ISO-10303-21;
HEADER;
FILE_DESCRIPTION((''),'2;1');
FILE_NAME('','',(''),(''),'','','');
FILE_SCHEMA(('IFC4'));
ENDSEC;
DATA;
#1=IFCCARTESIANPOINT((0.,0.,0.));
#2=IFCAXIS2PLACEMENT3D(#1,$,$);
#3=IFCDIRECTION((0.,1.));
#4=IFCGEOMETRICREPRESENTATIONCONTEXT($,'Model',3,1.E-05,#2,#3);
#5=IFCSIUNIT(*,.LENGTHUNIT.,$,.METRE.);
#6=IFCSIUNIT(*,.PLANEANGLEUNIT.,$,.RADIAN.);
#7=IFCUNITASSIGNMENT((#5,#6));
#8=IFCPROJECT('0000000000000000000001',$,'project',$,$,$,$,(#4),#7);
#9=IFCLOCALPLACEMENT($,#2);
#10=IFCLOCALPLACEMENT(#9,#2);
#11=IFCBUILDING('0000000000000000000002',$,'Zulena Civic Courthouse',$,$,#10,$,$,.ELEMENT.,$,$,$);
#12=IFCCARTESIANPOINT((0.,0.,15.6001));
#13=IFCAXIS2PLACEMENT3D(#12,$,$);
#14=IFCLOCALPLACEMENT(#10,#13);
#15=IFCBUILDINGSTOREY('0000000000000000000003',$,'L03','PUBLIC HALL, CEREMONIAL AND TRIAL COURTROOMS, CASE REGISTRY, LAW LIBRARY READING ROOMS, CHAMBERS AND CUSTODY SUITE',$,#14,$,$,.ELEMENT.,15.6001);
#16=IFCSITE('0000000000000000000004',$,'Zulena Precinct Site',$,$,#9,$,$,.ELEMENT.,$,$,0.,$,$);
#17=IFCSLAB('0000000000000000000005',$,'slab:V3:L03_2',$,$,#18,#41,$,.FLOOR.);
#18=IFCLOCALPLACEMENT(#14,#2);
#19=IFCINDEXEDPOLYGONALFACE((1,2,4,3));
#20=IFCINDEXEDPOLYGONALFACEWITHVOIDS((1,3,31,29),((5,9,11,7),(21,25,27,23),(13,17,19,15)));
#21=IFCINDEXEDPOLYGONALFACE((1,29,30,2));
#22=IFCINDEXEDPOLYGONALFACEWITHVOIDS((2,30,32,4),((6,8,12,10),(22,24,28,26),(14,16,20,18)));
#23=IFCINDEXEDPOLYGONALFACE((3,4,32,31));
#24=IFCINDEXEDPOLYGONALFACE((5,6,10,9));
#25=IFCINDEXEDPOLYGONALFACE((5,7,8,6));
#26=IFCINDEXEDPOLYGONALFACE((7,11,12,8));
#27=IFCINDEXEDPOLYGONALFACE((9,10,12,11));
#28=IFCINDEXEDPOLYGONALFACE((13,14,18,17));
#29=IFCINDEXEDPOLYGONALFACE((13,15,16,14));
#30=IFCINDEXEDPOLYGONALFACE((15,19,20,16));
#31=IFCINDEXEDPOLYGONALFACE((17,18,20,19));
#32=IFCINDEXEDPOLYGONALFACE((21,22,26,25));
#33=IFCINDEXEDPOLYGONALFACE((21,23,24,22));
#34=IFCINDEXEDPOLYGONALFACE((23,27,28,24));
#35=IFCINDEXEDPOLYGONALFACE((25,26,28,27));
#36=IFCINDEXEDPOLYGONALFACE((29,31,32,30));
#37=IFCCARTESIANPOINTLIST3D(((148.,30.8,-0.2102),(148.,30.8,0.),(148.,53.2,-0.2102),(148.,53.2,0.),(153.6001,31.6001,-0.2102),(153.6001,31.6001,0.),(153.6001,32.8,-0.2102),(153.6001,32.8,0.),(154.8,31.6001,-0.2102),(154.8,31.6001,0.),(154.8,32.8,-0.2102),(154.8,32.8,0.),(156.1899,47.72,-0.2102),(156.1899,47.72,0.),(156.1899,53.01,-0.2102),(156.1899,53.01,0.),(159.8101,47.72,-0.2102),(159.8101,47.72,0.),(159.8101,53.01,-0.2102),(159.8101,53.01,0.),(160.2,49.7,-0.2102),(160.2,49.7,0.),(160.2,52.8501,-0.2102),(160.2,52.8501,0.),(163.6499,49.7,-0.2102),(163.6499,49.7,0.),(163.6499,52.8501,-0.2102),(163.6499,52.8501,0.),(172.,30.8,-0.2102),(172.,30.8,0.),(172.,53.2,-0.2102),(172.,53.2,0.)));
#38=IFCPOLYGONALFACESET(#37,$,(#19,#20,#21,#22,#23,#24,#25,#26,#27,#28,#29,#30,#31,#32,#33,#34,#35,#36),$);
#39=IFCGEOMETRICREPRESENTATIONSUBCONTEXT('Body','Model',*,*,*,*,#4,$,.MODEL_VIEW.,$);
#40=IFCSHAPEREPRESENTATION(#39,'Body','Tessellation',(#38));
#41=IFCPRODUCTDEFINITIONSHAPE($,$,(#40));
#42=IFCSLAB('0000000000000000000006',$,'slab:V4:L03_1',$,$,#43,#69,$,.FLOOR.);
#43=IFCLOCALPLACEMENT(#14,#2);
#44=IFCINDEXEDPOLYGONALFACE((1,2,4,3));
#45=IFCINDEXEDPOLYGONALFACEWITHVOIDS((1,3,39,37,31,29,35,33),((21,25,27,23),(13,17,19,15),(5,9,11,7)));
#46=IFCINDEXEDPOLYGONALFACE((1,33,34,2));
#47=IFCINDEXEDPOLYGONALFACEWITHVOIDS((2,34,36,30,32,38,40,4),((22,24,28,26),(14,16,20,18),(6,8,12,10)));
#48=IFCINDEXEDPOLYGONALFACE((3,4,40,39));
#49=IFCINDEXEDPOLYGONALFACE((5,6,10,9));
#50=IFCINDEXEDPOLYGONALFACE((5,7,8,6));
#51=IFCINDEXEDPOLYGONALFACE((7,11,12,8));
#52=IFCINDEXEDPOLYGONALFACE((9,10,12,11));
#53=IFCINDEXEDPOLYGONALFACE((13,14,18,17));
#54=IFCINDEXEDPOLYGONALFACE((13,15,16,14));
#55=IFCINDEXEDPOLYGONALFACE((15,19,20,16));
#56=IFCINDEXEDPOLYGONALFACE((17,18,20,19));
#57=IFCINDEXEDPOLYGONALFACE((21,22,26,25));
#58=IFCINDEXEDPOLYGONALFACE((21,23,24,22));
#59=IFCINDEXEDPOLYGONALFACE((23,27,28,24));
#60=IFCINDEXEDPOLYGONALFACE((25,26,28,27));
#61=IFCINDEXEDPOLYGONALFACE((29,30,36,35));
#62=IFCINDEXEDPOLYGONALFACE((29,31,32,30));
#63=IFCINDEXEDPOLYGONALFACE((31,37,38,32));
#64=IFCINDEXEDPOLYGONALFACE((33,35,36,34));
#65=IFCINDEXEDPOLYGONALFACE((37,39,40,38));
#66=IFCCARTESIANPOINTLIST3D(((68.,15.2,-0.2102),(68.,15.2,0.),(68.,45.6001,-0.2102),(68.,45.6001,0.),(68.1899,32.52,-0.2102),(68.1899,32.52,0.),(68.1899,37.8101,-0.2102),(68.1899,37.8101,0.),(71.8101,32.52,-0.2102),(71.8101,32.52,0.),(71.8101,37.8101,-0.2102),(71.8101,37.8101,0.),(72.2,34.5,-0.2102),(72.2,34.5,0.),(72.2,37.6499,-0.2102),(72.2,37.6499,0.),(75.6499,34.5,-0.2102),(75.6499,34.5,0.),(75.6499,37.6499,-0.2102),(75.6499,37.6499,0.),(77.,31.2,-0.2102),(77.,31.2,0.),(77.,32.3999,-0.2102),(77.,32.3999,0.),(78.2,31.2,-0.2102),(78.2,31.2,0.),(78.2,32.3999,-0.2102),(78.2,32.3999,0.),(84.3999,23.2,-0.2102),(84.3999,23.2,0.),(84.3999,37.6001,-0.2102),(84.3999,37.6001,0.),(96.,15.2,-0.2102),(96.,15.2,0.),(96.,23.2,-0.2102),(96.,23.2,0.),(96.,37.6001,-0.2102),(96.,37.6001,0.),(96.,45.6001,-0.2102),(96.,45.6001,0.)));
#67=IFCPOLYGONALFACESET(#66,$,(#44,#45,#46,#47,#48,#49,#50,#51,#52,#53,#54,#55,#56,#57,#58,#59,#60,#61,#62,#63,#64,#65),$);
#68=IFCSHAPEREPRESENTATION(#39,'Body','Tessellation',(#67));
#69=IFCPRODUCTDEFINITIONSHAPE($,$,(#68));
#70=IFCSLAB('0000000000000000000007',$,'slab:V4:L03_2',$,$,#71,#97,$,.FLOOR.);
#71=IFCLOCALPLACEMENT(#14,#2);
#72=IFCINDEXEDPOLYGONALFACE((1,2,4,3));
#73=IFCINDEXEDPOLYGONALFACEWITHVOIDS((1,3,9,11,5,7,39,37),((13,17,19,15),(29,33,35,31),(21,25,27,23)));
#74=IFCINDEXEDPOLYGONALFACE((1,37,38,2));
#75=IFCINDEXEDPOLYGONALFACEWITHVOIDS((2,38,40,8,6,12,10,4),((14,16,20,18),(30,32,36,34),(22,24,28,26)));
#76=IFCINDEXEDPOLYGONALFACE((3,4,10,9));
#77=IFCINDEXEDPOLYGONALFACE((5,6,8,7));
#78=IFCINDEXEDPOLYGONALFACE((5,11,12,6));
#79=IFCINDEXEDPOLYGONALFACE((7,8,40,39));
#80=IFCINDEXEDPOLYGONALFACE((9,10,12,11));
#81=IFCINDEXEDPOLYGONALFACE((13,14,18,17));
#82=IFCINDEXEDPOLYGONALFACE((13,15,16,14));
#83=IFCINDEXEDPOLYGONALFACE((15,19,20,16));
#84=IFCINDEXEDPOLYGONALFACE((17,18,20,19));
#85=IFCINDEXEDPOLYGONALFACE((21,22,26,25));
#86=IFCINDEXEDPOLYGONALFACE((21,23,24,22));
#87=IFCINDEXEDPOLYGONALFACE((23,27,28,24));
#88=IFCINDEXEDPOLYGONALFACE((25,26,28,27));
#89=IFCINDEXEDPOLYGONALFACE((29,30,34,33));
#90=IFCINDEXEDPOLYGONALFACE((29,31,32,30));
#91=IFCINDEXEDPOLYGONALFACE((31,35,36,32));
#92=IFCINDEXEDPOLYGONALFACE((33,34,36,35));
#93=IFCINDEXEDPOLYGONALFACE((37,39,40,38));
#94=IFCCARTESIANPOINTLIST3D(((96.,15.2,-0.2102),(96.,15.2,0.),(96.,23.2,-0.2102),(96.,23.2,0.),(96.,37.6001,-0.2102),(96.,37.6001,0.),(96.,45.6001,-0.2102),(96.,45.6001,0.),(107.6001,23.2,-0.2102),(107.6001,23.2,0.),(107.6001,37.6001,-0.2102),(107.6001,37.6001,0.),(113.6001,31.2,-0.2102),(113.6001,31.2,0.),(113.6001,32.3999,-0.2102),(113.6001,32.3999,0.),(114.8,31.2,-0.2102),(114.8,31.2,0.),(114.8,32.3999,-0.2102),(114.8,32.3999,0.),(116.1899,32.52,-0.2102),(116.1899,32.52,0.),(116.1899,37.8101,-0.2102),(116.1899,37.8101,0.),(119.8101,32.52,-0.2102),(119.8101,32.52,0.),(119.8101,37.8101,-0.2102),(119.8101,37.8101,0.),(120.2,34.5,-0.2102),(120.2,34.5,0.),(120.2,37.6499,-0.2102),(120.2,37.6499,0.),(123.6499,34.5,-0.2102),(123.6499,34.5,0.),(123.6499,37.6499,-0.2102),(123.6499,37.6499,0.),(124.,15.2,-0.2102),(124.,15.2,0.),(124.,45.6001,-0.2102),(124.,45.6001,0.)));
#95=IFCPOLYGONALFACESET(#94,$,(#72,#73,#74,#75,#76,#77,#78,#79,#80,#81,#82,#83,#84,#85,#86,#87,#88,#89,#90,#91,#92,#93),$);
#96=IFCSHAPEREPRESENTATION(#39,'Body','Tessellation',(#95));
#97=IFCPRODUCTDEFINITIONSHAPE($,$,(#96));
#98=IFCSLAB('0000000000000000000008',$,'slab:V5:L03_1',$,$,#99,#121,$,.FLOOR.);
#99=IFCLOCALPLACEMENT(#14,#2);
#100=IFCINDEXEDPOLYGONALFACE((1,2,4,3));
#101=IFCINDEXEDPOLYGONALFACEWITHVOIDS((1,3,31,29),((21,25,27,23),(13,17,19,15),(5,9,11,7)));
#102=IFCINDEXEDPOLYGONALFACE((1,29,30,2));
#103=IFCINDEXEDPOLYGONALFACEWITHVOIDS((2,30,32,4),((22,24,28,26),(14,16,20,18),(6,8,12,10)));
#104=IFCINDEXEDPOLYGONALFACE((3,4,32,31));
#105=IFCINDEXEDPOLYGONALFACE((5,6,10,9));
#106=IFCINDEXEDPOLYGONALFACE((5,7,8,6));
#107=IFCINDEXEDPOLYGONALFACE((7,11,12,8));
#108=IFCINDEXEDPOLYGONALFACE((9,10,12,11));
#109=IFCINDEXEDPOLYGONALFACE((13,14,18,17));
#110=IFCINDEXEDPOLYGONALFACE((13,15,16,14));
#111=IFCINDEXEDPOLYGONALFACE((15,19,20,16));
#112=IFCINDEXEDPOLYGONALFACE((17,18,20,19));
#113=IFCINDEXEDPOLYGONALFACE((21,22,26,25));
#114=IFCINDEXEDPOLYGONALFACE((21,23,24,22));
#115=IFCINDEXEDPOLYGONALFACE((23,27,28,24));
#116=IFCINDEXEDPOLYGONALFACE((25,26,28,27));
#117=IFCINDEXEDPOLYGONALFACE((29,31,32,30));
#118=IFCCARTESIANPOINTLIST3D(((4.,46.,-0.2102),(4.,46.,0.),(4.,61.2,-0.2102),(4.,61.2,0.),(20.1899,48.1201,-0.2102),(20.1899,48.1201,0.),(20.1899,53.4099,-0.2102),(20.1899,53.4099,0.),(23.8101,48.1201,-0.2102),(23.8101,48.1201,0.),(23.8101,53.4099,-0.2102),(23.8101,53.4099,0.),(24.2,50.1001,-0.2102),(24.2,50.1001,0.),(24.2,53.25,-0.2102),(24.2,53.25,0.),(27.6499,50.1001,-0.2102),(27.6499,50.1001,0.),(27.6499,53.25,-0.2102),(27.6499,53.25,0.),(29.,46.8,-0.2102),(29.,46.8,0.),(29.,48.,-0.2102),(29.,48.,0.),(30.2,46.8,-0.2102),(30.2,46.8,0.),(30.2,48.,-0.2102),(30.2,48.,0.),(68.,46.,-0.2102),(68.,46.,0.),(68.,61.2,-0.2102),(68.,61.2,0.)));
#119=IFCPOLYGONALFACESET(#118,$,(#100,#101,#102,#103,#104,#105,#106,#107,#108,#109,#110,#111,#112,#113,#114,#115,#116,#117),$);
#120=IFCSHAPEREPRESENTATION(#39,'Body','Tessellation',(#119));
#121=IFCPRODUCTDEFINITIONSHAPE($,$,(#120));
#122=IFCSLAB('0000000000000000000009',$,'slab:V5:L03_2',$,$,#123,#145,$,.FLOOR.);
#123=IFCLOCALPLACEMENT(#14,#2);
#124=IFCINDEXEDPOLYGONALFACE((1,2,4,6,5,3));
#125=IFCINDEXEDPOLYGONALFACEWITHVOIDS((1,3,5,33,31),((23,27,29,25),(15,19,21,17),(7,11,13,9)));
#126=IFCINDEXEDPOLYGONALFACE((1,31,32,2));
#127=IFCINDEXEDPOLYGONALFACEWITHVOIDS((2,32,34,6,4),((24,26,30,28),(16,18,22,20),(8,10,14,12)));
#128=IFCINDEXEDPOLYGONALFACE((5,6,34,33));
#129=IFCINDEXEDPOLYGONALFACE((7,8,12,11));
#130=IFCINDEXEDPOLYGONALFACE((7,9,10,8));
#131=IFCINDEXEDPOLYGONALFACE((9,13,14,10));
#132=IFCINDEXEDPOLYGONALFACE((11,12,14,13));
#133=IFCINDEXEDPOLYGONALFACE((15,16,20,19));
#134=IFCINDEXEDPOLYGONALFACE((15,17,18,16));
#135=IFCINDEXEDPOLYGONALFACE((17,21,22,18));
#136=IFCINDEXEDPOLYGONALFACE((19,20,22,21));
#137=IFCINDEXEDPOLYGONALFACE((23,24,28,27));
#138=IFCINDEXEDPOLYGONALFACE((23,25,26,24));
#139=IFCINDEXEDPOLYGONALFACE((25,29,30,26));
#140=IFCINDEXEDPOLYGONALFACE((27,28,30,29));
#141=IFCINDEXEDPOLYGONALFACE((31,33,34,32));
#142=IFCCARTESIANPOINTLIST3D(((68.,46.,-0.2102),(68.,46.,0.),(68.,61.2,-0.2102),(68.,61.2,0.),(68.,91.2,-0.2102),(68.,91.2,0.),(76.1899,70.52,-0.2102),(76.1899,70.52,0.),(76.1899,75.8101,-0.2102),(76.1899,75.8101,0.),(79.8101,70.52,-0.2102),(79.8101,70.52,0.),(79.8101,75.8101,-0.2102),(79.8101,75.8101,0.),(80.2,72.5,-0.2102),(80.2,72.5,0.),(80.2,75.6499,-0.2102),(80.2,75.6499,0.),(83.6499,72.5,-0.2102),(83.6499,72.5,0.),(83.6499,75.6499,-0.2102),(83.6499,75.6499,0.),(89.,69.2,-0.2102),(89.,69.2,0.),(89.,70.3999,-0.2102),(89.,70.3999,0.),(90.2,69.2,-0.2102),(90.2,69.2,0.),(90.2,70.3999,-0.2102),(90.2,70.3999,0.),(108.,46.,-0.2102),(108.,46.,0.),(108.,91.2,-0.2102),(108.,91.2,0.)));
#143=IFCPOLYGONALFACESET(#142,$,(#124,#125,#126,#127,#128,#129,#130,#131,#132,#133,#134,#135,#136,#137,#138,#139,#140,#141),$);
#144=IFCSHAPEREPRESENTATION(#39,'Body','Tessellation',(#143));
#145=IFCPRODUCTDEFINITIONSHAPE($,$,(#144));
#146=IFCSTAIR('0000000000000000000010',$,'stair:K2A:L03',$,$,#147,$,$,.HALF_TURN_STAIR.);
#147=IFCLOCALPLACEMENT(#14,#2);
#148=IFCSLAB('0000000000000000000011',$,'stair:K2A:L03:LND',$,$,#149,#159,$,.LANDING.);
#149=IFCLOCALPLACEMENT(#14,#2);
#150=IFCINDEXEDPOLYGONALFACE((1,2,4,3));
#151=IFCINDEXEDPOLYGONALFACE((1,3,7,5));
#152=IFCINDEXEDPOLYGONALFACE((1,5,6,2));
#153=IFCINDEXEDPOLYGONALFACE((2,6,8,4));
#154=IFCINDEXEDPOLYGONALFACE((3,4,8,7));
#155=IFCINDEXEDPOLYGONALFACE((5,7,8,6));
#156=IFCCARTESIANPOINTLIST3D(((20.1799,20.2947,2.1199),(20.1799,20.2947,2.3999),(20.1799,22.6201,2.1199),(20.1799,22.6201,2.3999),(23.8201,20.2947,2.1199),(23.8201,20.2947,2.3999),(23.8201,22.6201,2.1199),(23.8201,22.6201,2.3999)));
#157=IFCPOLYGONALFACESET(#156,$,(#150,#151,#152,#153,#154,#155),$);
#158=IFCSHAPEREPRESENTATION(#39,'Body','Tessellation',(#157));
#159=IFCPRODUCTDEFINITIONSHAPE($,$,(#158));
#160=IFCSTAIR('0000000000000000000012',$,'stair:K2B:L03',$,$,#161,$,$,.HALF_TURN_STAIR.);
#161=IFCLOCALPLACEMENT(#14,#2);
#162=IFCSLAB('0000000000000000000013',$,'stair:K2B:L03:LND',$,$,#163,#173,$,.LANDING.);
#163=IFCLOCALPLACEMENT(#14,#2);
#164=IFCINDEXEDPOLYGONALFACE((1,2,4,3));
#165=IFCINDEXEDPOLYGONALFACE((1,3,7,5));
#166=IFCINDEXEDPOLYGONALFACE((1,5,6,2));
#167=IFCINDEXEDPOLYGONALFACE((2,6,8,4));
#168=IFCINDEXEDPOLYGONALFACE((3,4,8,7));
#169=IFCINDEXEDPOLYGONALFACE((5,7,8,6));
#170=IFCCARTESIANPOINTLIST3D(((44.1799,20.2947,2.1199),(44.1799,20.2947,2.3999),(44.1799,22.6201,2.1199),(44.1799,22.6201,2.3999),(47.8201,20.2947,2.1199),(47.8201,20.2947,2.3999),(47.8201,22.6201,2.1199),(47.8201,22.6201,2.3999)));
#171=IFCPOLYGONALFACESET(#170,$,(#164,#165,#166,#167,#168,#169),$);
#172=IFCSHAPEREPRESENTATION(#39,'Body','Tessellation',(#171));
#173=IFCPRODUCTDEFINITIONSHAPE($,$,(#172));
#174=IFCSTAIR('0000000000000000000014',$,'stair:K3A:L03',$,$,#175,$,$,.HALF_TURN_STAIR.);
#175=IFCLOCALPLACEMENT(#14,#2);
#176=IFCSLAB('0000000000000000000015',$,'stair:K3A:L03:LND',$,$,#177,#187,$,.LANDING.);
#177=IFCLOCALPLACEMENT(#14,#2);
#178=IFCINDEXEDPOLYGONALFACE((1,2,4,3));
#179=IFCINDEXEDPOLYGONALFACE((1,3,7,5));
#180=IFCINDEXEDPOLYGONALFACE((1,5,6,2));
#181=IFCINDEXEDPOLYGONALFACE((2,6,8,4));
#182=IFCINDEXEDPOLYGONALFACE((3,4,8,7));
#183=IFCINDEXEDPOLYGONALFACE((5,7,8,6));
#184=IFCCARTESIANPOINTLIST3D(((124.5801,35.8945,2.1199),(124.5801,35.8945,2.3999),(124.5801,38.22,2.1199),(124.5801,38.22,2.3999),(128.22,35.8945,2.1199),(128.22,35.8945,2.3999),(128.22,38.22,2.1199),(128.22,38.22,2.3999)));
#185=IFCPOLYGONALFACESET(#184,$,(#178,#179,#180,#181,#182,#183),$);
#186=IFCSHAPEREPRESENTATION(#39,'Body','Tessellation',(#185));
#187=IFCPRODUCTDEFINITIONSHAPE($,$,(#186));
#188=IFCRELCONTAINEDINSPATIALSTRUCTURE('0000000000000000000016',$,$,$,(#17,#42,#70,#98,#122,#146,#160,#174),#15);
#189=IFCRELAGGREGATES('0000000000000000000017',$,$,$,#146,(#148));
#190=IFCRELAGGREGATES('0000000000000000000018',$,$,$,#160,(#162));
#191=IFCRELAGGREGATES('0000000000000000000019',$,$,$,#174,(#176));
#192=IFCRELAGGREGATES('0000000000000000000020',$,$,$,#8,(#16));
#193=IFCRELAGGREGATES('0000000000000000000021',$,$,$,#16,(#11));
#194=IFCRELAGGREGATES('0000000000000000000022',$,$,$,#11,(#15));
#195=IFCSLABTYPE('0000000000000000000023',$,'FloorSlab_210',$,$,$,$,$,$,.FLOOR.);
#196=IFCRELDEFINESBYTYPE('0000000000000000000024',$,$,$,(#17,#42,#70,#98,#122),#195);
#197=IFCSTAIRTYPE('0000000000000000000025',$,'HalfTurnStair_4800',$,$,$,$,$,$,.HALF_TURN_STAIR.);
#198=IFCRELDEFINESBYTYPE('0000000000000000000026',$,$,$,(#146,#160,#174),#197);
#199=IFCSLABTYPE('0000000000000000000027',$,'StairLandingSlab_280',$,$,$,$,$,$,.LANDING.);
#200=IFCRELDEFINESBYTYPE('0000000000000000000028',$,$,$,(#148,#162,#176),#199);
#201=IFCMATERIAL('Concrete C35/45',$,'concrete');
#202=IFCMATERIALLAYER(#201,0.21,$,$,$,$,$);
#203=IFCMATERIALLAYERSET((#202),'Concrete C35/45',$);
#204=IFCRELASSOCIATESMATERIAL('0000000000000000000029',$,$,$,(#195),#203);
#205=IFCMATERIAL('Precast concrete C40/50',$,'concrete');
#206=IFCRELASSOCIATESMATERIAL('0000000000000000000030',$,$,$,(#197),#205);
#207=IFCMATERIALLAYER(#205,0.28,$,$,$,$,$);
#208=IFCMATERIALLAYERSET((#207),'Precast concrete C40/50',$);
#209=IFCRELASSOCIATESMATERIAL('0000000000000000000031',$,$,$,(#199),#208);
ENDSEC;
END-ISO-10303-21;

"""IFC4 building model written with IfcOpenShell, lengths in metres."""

from ifc_helpers import new_model, si_unit, direction, frame, origin, place, context, subcontext, project, spatial, polyline, outline, extrude, material, layer, layer_set, type_object, element, aggregate, save


model = new_model("IFC4")

# Units and contexts
model_context = context("Model", 3, precision=1e-05, world=origin(), true_north=direction((0.0, 1.0)))
body_context = subcontext(model_context, "Body", "Model", "MODEL_VIEW")
ifc_project = project(units=[si_unit("LENGTHUNIT", "METRE"), si_unit("PLANEANGLEUNIT", "RADIAN")], contexts=[model_context])

# Site, building, storey
site_placement = place(None, origin())
site = spatial("IfcSite", under=ifc_project, at=site_placement, Name="Zulena Precinct Site", CompositionType="ELEMENT", RefElevation=0.0)
building_placement = place(site_placement, origin())
building = spatial("IfcBuilding", under=site, at=building_placement, Name="Zulena Civic Courthouse", CompositionType="ELEMENT")
storey_placement = place(building_placement, frame((0.0, 0.0, 15.6001)))
storey = spatial("IfcBuildingStorey", under=building, at=storey_placement, Name="L03", Description="PUBLIC HALL, CEREMONIAL AND TRIAL COURTROOMS, CASE REGISTRY, LAW LIBRARY READING ROOMS, CHAMBERS AND CUSTODY SUITE", CompositionType="ELEMENT", Elevation=15.6001)

# Slabs
ifc_material_1 = material(Name="Concrete C35/45", Category="concrete")
ifc_layer_1 = layer(ifc_material_1, 0.21)
ifc_layer_set_1 = layer_set([ifc_layer_1], Name="Concrete C35/45")
slab_type_1 = type_object("IfcSlabType", Name="FloorSlab_210", PredefinedType="FLOOR", material=ifc_layer_set_1)
slab_1_placement = place(storey_placement, frame((0.0, 0.0, -0.2102)))
element("IfcSlab", 1, at=slab_1_placement, inside=storey, type_object=slab_type_1, Name="slab:V3:L03_2", PredefinedType="FLOOR", context=body_context, shape_type="SweptSolid", body=[
    extrude(outline(polyline([(172.0, 30.8), (148.0, 30.8), (148.0, 53.2), (172.0, 53.2), (172.0, 30.8)]), holes=[polyline([(159.8101, 47.72), (159.8101, 53.01), (156.1899, 53.01), (156.1899, 47.72), (159.8101, 47.72)]), polyline([(160.2, 49.7), (163.6499, 49.7), (163.6499, 52.8501), (160.2, 52.8501), (160.2, 49.7)]), polyline([(154.8, 32.8), (153.6001, 32.8), (153.6001, 31.6001), (154.8, 31.6001), (154.8, 32.8)])]), origin(), (0.0, 0.0, 1.0), 0.2102),
])
slab_2_placement = place(storey_placement, frame((0.0, 0.0, -0.2102)))
element("IfcSlab", 2, at=slab_2_placement, inside=storey, type_object=slab_type_1, Name="slab:V4:L03_1", PredefinedType="FLOOR", context=body_context, shape_type="SweptSolid", body=[
    extrude(outline(polyline([(68.0, 15.2), (68.0, 45.6001), (96.0, 45.6001), (96.0, 37.6001), (84.3999, 37.6001), (84.3999, 23.2), (96.0, 23.2), (96.0, 15.2), (68.0, 15.2)]), holes=[polyline([(68.1899, 32.52), (71.8101, 32.52), (71.8101, 37.8101), (68.1899, 37.8101), (68.1899, 32.52)]), polyline([(72.2, 37.6499), (72.2, 34.5), (75.6499, 34.5), (75.6499, 37.6499), (72.2, 37.6499)]), polyline([(77.0, 31.2), (78.2, 31.2), (78.2, 32.3999), (77.0, 32.3999), (77.0, 31.2)])]), origin(), (0.0, 0.0, 1.0), 0.2102),
])
slab_3_placement = place(storey_placement, frame((0.0, 0.0, -0.2102)))
element("IfcSlab", 3, at=slab_3_placement, inside=storey, type_object=slab_type_1, Name="slab:V4:L03_2", PredefinedType="FLOOR", context=body_context, shape_type="SweptSolid", body=[
    extrude(outline(polyline([(96.0, 15.2), (96.0, 23.2), (107.6001, 23.2), (107.6001, 37.6001), (96.0, 37.6001), (96.0, 45.6001), (124.0, 45.6001), (124.0, 15.2), (96.0, 15.2)]), holes=[polyline([(119.8101, 37.8101), (116.1899, 37.8101), (116.1899, 32.52), (119.8101, 32.52), (119.8101, 37.8101)]), polyline([(123.6499, 34.5), (123.6499, 37.6499), (120.2, 37.6499), (120.2, 34.5), (123.6499, 34.5)]), polyline([(113.6001, 32.3999), (113.6001, 31.2), (114.8, 31.2), (114.8, 32.3999), (113.6001, 32.3999)])]), origin(), (0.0, 0.0, 1.0), 0.2102),
])
slab_4_placement = place(storey_placement, frame((0.0, 0.0, -0.2102)))
element("IfcSlab", 4, at=slab_4_placement, inside=storey, type_object=slab_type_1, Name="slab:V5:L03_1", PredefinedType="FLOOR", context=body_context, shape_type="SweptSolid", body=[
    extrude(outline(polyline([(4.0, 61.2), (68.0, 61.2), (68.0, 46.0), (4.0, 46.0), (4.0, 61.2)]), holes=[polyline([(20.1899, 53.4099), (20.1899, 48.1201), (23.8101, 48.1201), (23.8101, 53.4099), (20.1899, 53.4099)]), polyline([(27.6499, 53.25), (24.2, 53.25), (24.2, 50.1001), (27.6499, 50.1001), (27.6499, 53.25)]), polyline([(29.0, 48.0), (29.0, 46.8), (30.2, 46.8), (30.2, 48.0), (29.0, 48.0)])]), origin(), (0.0, 0.0, 1.0), 0.2102),
])
slab_5_placement = place(storey_placement, frame((0.0, 0.0, -0.2102)))
element("IfcSlab", 5, at=slab_5_placement, inside=storey, type_object=slab_type_1, Name="slab:V5:L03_2", PredefinedType="FLOOR", context=body_context, shape_type="SweptSolid", body=[
    extrude(outline(polyline([(68.0, 91.2), (108.0, 91.2), (108.0, 46.0), (68.0, 46.0), (68.0, 61.2), (68.0, 91.2)]), holes=[polyline([(79.8101, 70.52), (79.8101, 75.8101), (76.1899, 75.8101), (76.1899, 70.52), (79.8101, 70.52)]), polyline([(80.2, 72.5), (83.6499, 72.5), (83.6499, 75.6499), (80.2, 75.6499), (80.2, 72.5)]), polyline([(90.2, 70.3999), (89.0, 70.3999), (89.0, 69.2), (90.2, 69.2), (90.2, 70.3999)])]), origin(), (0.0, 0.0, 1.0), 0.2102),
])

# Stairs, slabs
ifc_material_2 = material(Name="Precast concrete C40/50", Category="concrete")
stair_type = type_object("IfcStairType", Name="HalfTurnStair_4800", PredefinedType="HALF_TURN_STAIR", material=ifc_material_2)
stair_1_placement = place(storey_placement, origin())
stair_1 = element("IfcStair", 6, at=stair_1_placement, inside=storey, type_object=stair_type, Name="stair:K2A:L03", PredefinedType="HALF_TURN_STAIR")
ifc_layer_2 = layer(ifc_material_2, 0.28)
ifc_layer_set_2 = layer_set([ifc_layer_2], Name="Precast concrete C40/50")
slab_type_2 = type_object("IfcSlabType", Name="StairLandingSlab_280", PredefinedType="LANDING", material=ifc_layer_set_2)
slab_6_placement = place(storey_placement, frame((0.0, 0.0, 2.1199)))
slab_6 = element("IfcSlab", 7, at=slab_6_placement, type_object=slab_type_2, Name="stair:K2A:L03:LND", PredefinedType="LANDING", context=body_context, shape_type="SweptSolid", body=[
    extrude(outline(polyline([(20.1799, 20.2947), (23.8201, 20.2947), (23.8201, 22.6201), (20.1799, 22.6201), (20.1799, 20.2947)])), origin(), (0.0, 0.0, 1.0), 0.28),
])
aggregate(stair_1, [slab_6])
stair_2_placement = place(storey_placement, origin())
stair_2 = element("IfcStair", 8, at=stair_2_placement, inside=storey, type_object=stair_type, Name="stair:K2B:L03", PredefinedType="HALF_TURN_STAIR")
slab_7_placement = place(storey_placement, frame((0.0, 0.0, 2.1199)))
slab_7 = element("IfcSlab", 9, at=slab_7_placement, type_object=slab_type_2, Name="stair:K2B:L03:LND", PredefinedType="LANDING", context=body_context, shape_type="SweptSolid", body=[
    extrude(outline(polyline([(44.1799, 20.2947), (47.8201, 20.2947), (47.8201, 22.6201), (44.1799, 22.6201), (44.1799, 20.2947)])), origin(), (0.0, 0.0, 1.0), 0.28),
])
aggregate(stair_2, [slab_7])
stair_3_placement = place(storey_placement, origin())
stair_3 = element("IfcStair", 10, at=stair_3_placement, inside=storey, type_object=stair_type, Name="stair:K3A:L03", PredefinedType="HALF_TURN_STAIR")
slab_8_placement = place(storey_placement, frame((0.0, 0.0, 2.1199)))
slab_8 = element("IfcSlab", 11, at=slab_8_placement, type_object=slab_type_2, Name="stair:K3A:L03:LND", PredefinedType="LANDING", context=body_context, shape_type="SweptSolid", body=[
    extrude(outline(polyline([(124.5801, 35.8945), (128.22, 35.8945), (128.22, 38.22), (124.5801, 38.22), (124.5801, 35.8945)])), origin(), (0.0, 0.0, 1.0), 0.28),
])
aggregate(stair_3, [slab_8])

save(model, "model.ifc")
